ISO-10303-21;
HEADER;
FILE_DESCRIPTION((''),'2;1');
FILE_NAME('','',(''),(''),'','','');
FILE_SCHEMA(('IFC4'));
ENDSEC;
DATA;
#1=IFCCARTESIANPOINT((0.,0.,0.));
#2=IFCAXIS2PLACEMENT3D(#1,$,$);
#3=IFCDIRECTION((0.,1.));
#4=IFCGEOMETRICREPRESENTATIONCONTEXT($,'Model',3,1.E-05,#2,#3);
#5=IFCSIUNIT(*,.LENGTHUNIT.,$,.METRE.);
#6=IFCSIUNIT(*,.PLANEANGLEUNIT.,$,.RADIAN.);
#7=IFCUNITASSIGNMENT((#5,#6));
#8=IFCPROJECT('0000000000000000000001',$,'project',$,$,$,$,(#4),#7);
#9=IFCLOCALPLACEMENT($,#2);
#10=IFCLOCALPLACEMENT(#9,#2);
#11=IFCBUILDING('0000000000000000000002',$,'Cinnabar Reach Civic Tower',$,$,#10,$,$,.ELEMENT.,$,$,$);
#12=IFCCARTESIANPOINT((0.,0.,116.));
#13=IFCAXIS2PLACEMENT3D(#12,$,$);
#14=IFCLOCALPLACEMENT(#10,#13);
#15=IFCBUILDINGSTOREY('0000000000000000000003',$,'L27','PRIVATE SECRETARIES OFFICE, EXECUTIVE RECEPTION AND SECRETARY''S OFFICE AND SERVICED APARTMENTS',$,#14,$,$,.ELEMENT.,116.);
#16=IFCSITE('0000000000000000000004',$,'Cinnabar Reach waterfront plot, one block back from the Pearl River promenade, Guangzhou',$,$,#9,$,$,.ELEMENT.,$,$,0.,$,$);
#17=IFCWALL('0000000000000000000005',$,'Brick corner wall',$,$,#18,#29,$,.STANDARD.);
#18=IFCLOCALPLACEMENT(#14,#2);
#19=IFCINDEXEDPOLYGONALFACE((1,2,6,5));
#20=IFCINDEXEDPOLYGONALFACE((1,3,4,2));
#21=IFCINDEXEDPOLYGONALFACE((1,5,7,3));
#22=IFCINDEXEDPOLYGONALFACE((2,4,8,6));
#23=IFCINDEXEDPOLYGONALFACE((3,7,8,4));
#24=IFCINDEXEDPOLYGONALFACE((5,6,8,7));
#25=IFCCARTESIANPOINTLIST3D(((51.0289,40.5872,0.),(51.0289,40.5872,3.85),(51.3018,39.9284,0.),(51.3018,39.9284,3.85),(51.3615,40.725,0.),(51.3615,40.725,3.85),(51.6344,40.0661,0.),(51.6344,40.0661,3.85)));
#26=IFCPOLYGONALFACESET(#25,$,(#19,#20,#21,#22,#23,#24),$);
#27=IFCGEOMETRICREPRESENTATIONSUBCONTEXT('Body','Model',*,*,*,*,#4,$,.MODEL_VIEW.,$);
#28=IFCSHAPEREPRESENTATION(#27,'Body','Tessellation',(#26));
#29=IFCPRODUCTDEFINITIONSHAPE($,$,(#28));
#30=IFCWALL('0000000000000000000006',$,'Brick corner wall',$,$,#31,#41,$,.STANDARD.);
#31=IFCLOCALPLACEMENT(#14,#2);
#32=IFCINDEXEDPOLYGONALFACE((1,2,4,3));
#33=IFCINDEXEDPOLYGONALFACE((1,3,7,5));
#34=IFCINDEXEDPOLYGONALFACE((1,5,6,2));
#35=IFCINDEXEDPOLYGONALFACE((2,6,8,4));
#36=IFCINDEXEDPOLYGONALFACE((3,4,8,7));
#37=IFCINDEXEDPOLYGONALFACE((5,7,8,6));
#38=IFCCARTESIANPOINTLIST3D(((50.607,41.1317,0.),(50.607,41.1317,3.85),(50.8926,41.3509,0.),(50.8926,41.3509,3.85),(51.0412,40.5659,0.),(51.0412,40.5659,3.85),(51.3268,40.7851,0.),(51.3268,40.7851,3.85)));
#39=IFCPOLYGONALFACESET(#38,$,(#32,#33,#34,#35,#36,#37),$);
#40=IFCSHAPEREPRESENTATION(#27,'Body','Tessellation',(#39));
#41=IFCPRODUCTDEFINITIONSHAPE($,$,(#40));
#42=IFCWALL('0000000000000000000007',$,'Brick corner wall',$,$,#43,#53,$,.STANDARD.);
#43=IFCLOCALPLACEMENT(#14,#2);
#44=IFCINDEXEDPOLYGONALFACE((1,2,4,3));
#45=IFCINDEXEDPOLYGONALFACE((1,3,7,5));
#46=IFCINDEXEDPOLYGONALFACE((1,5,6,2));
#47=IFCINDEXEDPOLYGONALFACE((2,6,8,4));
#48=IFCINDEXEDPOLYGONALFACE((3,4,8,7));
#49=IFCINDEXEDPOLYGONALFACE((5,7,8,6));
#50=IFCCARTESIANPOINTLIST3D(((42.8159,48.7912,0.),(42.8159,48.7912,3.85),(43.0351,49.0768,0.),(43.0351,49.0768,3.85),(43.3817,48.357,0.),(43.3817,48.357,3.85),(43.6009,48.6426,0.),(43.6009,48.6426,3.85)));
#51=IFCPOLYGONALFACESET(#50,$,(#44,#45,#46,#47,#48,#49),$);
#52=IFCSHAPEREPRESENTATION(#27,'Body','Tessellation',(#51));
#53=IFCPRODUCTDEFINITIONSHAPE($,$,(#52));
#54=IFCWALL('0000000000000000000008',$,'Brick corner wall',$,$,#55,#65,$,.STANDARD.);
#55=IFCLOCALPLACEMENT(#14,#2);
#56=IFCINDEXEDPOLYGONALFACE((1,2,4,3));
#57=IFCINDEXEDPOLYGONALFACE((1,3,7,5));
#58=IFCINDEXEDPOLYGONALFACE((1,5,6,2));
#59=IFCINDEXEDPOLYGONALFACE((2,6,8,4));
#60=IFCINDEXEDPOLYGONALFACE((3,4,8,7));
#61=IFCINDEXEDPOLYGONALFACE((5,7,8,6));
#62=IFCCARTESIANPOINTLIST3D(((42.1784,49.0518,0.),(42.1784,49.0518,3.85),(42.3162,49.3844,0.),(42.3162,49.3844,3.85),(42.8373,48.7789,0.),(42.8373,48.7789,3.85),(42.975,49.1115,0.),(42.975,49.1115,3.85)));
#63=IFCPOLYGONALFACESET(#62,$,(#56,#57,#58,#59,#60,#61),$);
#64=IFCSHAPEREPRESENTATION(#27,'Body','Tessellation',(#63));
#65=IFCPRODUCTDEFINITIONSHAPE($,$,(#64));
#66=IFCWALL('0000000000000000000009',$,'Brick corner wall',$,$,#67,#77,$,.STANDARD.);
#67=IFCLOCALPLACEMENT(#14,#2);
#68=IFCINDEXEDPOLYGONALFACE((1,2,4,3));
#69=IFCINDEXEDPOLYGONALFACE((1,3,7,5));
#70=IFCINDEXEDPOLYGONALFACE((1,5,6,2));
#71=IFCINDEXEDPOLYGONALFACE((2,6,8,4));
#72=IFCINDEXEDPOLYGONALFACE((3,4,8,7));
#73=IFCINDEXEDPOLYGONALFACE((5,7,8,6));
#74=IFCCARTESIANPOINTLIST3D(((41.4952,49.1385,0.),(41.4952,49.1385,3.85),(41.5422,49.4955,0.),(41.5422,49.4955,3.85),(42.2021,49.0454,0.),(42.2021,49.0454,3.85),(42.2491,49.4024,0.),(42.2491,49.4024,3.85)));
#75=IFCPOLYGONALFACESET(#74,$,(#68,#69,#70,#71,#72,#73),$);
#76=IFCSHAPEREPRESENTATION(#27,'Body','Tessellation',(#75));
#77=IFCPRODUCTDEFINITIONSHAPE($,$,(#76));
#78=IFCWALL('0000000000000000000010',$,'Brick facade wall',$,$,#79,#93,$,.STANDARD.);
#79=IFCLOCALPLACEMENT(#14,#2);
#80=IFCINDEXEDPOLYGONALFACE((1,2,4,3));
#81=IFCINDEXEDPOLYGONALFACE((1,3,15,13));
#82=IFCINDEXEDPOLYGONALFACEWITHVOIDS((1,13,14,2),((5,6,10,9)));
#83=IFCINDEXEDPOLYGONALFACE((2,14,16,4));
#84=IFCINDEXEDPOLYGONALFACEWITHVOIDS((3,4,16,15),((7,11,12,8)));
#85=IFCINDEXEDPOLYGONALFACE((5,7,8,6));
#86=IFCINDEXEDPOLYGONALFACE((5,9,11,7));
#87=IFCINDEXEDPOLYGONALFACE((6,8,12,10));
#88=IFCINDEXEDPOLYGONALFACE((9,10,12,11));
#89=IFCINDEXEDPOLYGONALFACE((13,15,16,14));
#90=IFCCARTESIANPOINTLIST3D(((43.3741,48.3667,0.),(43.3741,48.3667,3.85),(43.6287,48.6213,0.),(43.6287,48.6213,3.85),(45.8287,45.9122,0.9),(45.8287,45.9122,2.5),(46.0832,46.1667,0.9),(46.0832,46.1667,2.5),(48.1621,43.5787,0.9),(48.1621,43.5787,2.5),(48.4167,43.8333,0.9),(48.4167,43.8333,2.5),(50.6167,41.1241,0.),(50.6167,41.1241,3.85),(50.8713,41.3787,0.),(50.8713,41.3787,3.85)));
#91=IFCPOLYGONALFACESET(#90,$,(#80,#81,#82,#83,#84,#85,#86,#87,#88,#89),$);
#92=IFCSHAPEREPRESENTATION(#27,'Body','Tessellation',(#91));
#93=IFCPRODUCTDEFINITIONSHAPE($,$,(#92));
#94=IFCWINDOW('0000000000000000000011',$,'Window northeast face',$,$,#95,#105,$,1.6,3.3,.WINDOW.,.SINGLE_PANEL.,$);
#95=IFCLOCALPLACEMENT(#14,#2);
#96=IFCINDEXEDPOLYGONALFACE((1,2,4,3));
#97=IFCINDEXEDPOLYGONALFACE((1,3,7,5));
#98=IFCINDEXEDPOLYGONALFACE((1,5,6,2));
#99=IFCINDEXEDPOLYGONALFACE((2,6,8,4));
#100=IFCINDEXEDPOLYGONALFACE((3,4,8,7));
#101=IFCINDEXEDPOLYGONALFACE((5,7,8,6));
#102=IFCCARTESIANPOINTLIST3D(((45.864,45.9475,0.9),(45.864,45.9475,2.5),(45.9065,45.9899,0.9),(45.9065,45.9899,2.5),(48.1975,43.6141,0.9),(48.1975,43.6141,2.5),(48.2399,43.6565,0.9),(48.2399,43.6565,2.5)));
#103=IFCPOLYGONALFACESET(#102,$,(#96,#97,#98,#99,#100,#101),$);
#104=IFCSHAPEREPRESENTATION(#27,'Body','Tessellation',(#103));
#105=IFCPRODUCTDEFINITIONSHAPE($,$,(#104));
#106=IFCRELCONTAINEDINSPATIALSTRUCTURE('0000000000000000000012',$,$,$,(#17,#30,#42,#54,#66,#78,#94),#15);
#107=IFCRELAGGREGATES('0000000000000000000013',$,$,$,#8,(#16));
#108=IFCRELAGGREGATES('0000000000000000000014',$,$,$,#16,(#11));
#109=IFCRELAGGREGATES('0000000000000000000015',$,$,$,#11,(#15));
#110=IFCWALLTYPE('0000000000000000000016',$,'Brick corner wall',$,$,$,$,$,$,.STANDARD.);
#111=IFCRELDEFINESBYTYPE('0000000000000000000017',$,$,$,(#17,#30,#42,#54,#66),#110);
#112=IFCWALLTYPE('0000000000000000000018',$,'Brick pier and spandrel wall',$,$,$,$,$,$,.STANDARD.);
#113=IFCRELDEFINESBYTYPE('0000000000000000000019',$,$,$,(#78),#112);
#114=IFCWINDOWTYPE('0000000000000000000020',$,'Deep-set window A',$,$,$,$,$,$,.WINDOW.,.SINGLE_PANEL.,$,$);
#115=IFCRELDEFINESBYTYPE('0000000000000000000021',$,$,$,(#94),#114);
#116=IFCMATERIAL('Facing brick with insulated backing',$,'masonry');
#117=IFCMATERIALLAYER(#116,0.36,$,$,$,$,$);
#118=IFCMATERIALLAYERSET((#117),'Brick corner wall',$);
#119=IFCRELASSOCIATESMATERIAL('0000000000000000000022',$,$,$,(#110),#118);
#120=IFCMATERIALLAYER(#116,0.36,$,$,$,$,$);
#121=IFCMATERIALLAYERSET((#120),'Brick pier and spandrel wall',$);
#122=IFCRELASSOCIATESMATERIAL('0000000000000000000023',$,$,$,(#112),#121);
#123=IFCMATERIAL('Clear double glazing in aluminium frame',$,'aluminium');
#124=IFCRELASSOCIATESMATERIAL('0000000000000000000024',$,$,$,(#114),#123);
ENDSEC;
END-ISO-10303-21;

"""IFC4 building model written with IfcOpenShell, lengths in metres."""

from ifc_helpers import new_model, si_unit, direction, frame, frame_2d, origin, place, context, subcontext, project, spatial, rectangle, extrude, material, layer, layer_set, type_object, element, fill, save


model = new_model("IFC4")

# Units and contexts
model_context = context("Model", 3, precision=1e-05, world=origin(), true_north=direction((0.0, 1.0)))
body_context = subcontext(model_context, "Body", "Model", "MODEL_VIEW")
ifc_project = project(units=[si_unit("LENGTHUNIT", "METRE"), si_unit("PLANEANGLEUNIT", "RADIAN")], contexts=[model_context])

# Site, building, storey
site_placement = place(None, origin())
site = spatial("IfcSite", under=ifc_project, at=site_placement, Name="Cinnabar Reach waterfront plot, one block back from the Pearl River promenade, Guangzhou", CompositionType="ELEMENT", RefElevation=0.0)
building_placement = place(site_placement, origin())
building = spatial("IfcBuilding", under=site, at=building_placement, Name="Cinnabar Reach Civic Tower", CompositionType="ELEMENT")
storey_placement = place(building_placement, frame((0.0, 0.0, 116.0)))
storey = spatial("IfcBuildingStorey", under=building, at=storey_placement, Name="L27", Description="PRIVATE SECRETARIES OFFICE, EXECUTIVE RECEPTION AND SECRETARY'S OFFICE AND SERVICED APARTMENTS", CompositionType="ELEMENT", Elevation=116.0)

# Walls
ifc_material_1 = material(Name="Facing brick with insulated backing", Category="masonry")
ifc_layer_1 = layer(ifc_material_1, 0.36)
ifc_layer_set_1 = layer_set([ifc_layer_1], Name="Brick corner wall")
wall_type_1 = type_object("IfcWallType", Name="Brick corner wall", PredefinedType="STANDARD", material=ifc_layer_set_1)
wall_1_placement = place(storey_placement, frame((51.4681, 39.9973, 0.0), z_axis=(0.0, 0.0, 1.0), x_axis=(-0.382703, 0.923872, 0.0)))
element("IfcWall", 1, at=wall_1_placement, inside=storey, type_object=wall_type_1, Name="Brick corner wall", PredefinedType="STANDARD", context=body_context, shape_type="SweptSolid", body=[
    extrude(rectangle(XDim=0.7131, YDim=0.36, at=frame_2d((0.3565, 0.0))), origin(), (0.0, 0.0, 1.0), 3.85),
])
for number, where, z_axis, x_axis, name in (
    (2, (51.184, 40.6755, 0.0), (0.0, 0.0, 1.0), (-0.608802, 0.793322, 0.0), "Brick corner wall"),
    (3, (43.4913, 48.4998, 0.0), (0.0, 0.0, 1.0), (-0.793322, 0.608802, 0.0), "Brick corner wall"),
):
    element("IfcWall", number, at=place(storey_placement, frame(where, z_axis=z_axis, x_axis=x_axis)), inside=storey, type_object=wall_type_1, Name=name, PredefinedType="STANDARD", context=body_context, shape_type="SweptSolid", body=[
        extrude(rectangle(XDim=0.7132, YDim=0.36, at=frame_2d((0.3566, 0.0))), origin(), (0.0, 0.0, 1.0), 3.85),
    ])
for number, where, z_axis, x_axis, name in (
    (4, (42.9061, 48.9452, 0.0), (0.0, 0.0, 1.0), (-0.923872, 0.382703, 0.0), "Brick corner wall"),
    (5, (42.2256, 49.2239, 0.0), (0.0, 0.0, 1.0), (-0.991441, 0.130556, 0.0), "Brick corner wall"),
):
    element("IfcWall", number, at=place(storey_placement, frame(where, z_axis=z_axis, x_axis=x_axis)), inside=storey, type_object=wall_type_1, Name=name, PredefinedType="STANDARD", context=body_context, shape_type="SweptSolid", body=[
        extrude(rectangle(XDim=0.7131, YDim=0.36, at=frame_2d((0.3565, 0.0))), origin(), (0.0, 0.0, 1.0), 3.85),
    ])

# Wall, opening, window
ifc_layer_2 = layer(ifc_material_1, 0.36)
ifc_layer_set_2 = layer_set([ifc_layer_2], Name="Brick pier and spandrel wall")
wall_type_2 = type_object("IfcWallType", Name="Brick pier and spandrel wall", PredefinedType="STANDARD", material=ifc_layer_set_2)
wall_2_placement = place(storey_placement, frame((50.744, 41.2514, 0.0), z_axis=(0.0, 0.0, 1.0), x_axis=(-0.707107, 0.707107, 0.0)))
wall_2 = element("IfcWall", 6, at=wall_2_placement, inside=storey, type_object=wall_type_2, Name="Brick facade wall", PredefinedType="STANDARD", context=body_context, shape_type="SweptSolid", body=[
    extrude(rectangle(XDim=10.2426, YDim=0.36, at=frame_2d((5.1213, 0.0))), origin(), (0.0, 0.0, 1.0), 3.85),
])
opening_1_placement = place(wall_2_placement, frame((3.4713, 0.0, 0.9)))
opening_1 = element("IfcOpeningElement", 7, at=opening_1_placement, cuts=wall_2, PredefinedType="OPENING", context=body_context, shape_type="SweptSolid", body=[
    extrude(rectangle(XDim=3.3, YDim=1.6, at=frame_2d((1.65, 0.8))), frame((0.0, 0.19, 0.0), z_axis=(0.0, -1.0, 0.0), x_axis=(1.0, 0.0, 0.0)), (0.0, 0.0, 1.0), 0.38),
])
ifc_material_2 = material(Name="Clear double glazing in aluminium frame", Category="aluminium")
window_type_1 = type_object("IfcWindowType", Name="Deep-set window A", PartitioningType="SINGLE_PANEL", PredefinedType="WINDOW", material=ifc_material_2)
window_1_placement = place(opening_1_placement, origin())
window_1 = element("IfcWindow", 8, at=window_1_placement, inside=storey, type_object=window_type_1, Name="Window northeast face", OverallHeight=1.6, OverallWidth=3.3, PartitioningType="SINGLE_PANEL", PredefinedType="WINDOW", context=body_context, shape_type="SweptSolid", body=[
    extrude(rectangle(XDim=3.3, YDim=1.6, at=frame_2d((1.65, 0.8))), frame((0.0, 0.13, 0.0), z_axis=(0.0, -1.0, 0.0), x_axis=(1.0, 0.0, 0.0)), (0.0, 0.0, 1.0), 0.06),
])
fill(opening_1, window_1)

save(model, "model.ifc")
